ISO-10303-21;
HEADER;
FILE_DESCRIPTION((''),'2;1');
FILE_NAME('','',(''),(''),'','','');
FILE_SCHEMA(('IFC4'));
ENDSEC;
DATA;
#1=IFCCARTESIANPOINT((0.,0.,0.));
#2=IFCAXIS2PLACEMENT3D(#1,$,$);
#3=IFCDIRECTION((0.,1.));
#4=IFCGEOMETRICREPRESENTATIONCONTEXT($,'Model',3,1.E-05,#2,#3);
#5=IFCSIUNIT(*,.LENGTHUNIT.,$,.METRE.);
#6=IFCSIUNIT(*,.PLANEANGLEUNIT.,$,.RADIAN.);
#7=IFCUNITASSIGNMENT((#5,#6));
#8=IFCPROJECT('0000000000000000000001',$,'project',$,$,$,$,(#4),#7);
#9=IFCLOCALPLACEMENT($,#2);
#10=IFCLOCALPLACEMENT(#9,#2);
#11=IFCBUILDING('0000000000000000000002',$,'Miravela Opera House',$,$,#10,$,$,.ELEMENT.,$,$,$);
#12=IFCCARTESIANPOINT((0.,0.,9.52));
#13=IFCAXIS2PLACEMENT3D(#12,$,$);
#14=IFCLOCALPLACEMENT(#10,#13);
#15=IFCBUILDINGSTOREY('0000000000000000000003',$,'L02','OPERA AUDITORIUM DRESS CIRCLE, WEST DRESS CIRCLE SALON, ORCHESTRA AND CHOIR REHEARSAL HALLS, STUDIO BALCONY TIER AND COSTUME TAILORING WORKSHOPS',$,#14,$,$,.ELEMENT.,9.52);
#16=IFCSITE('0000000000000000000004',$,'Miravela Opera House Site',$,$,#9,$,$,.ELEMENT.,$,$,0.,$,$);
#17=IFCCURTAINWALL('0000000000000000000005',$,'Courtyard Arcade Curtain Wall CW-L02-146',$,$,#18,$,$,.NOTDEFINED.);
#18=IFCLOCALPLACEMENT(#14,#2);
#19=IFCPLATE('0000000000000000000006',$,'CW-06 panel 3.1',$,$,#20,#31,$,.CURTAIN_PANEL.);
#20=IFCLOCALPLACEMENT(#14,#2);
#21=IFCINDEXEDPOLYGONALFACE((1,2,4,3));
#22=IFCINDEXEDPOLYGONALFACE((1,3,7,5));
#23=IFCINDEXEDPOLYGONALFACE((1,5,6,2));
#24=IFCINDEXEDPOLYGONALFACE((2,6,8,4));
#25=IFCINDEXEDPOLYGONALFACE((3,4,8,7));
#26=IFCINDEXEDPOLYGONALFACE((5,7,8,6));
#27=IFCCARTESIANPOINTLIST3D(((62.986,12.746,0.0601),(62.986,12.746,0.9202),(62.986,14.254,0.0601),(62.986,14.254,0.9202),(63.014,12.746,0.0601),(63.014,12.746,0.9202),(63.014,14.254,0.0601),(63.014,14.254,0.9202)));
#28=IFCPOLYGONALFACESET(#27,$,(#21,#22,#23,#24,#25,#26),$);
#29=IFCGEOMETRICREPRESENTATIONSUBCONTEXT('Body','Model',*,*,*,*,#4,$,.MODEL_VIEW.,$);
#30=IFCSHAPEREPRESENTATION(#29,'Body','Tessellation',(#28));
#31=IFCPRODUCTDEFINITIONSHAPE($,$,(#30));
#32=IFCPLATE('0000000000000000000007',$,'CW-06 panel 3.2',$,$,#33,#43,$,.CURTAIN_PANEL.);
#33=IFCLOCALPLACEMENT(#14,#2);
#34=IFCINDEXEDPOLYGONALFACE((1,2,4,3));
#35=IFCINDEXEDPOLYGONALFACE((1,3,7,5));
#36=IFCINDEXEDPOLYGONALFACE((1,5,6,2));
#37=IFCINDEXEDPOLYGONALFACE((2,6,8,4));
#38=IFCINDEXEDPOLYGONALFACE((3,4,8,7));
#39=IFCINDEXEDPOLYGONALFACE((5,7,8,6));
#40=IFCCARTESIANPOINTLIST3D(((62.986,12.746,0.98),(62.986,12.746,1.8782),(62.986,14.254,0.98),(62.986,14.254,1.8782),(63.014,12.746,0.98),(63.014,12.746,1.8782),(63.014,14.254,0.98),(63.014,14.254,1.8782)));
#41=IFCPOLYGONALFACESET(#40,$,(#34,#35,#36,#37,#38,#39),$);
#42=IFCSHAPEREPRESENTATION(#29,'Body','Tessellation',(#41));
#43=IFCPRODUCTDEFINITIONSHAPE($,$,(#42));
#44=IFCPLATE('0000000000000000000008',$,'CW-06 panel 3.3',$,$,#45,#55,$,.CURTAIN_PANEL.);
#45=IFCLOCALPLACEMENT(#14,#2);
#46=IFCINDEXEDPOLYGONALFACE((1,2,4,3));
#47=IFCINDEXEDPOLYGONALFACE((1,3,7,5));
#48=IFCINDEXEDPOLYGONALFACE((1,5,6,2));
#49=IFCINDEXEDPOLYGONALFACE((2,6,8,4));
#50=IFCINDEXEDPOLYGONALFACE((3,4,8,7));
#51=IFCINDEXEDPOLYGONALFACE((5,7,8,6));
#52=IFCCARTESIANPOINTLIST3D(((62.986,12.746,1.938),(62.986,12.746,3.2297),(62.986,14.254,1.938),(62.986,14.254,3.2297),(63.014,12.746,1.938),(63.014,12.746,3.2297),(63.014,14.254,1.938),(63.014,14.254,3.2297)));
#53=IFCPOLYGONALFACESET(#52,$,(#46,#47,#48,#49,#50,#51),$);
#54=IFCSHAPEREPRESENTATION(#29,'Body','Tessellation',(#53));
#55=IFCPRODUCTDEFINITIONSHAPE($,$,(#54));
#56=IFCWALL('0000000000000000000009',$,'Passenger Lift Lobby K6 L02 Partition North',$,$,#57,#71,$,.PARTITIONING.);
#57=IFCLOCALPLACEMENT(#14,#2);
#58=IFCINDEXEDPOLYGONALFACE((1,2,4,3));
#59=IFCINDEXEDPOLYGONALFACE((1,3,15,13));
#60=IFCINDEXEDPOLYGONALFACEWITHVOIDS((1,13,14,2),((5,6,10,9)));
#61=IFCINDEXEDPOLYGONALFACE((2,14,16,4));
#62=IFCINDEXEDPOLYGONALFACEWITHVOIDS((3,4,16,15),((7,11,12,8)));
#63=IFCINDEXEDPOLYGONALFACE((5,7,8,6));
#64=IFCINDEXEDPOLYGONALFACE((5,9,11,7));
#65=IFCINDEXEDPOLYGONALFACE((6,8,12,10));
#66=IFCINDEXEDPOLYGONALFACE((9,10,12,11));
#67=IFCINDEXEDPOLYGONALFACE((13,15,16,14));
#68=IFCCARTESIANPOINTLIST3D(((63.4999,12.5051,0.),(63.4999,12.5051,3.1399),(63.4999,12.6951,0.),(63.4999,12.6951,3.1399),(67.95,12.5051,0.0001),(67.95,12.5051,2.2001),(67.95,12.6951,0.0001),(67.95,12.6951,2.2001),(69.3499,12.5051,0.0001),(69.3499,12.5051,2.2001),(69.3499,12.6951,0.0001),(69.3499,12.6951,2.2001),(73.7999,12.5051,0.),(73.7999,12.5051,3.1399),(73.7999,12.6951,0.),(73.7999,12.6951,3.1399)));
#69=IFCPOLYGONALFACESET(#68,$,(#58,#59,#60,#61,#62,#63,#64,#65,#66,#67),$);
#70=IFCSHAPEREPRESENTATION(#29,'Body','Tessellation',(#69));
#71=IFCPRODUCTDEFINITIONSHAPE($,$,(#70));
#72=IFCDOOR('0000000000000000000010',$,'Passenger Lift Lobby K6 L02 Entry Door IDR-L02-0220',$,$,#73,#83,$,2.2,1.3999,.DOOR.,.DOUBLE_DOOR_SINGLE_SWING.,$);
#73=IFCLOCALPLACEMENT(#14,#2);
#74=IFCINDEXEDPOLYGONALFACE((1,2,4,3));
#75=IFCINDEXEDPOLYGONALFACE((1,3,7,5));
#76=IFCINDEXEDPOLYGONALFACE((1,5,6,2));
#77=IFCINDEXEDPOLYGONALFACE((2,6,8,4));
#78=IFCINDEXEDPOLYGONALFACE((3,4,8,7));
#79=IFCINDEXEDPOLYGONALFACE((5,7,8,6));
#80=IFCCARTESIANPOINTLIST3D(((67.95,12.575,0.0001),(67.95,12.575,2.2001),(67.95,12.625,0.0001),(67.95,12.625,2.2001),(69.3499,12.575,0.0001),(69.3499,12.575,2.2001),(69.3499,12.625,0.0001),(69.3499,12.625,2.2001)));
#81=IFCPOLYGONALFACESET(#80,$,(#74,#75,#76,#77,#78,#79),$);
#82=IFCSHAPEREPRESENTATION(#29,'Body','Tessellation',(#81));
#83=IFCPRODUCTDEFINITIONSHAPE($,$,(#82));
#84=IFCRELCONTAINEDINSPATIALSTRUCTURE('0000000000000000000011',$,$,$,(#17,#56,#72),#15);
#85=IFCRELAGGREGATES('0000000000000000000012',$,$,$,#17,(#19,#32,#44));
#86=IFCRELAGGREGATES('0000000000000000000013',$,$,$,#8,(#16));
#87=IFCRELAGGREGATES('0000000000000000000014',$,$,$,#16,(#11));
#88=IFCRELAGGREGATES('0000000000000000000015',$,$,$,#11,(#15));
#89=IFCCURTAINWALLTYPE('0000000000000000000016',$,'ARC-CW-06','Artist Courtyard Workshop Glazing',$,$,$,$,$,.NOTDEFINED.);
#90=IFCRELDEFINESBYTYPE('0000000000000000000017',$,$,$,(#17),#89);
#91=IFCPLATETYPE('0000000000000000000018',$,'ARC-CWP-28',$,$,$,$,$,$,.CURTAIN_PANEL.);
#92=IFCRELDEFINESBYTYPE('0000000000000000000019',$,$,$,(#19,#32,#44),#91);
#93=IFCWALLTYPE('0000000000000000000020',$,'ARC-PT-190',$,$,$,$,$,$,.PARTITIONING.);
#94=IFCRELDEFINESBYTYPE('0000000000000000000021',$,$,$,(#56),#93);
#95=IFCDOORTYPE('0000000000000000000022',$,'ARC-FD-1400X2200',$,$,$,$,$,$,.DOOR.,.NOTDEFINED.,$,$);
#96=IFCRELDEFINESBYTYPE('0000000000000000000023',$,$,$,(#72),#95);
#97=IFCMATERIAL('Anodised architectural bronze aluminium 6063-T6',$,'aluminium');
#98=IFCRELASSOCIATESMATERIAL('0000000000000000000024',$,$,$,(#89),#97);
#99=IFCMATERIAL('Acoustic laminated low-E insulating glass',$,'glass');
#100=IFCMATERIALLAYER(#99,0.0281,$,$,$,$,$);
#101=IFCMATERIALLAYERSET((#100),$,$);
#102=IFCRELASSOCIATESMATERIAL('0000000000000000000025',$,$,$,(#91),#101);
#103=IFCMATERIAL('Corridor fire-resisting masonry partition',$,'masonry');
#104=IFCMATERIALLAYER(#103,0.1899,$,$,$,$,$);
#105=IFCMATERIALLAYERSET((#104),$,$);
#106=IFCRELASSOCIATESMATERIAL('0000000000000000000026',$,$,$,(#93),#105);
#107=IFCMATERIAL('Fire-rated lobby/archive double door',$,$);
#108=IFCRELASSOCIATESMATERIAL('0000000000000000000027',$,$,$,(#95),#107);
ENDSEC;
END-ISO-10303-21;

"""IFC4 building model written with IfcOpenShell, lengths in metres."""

from ifc_helpers import new_model, si_unit, direction, frame, frame_2d, origin, origin_2d, place, context, subcontext, project, spatial, rectangle, extrude, material, layer, layer_set, type_object, element, fill, aggregate, save


model = new_model("IFC4")

# Units and contexts
model_context = context("Model", 3, precision=1e-05, world=origin(), true_north=direction((0.0, 1.0)))
body_context = subcontext(model_context, "Body", "Model", "MODEL_VIEW")
ifc_project = project(units=[si_unit("LENGTHUNIT", "METRE"), si_unit("PLANEANGLEUNIT", "RADIAN")], contexts=[model_context])

# Site, building, storey
site_placement = place(None, origin())
site = spatial("IfcSite", under=ifc_project, at=site_placement, Name="Miravela Opera House Site", CompositionType="ELEMENT", RefElevation=0.0)
building_placement = place(site_placement, origin())
building = spatial("IfcBuilding", under=site, at=building_placement, Name="Miravela Opera House", CompositionType="ELEMENT")
storey_placement = place(building_placement, frame((0.0, 0.0, 9.52)))
storey = spatial("IfcBuildingStorey", under=building, at=storey_placement, Name="L02", Description="OPERA AUDITORIUM DRESS CIRCLE, WEST DRESS CIRCLE SALON, ORCHESTRA AND CHOIR REHEARSAL HALLS, STUDIO BALCONY TIER AND COSTUME TAILORING WORKSHOPS", CompositionType="ELEMENT", Elevation=9.52)

# Curtain wall
ifc_material_1 = material(Name="Anodised architectural bronze aluminium 6063-T6", Category="aluminium")
curtain_wall_type = type_object("IfcCurtainWallType", Name="ARC-CW-06", Description="Artist Courtyard Workshop Glazing", PredefinedType="NOTDEFINED", material=ifc_material_1)
curtain_wall_placement = place(storey_placement, origin())
curtain_wall = element("IfcCurtainWall", 1, at=curtain_wall_placement, inside=storey, type_object=curtain_wall_type, Name="Courtyard Arcade Curtain Wall CW-L02-146", PredefinedType="NOTDEFINED")

# Plates
ifc_material_2 = material(Name="Acoustic laminated low-E insulating glass", Category="glass")
ifc_layer_1 = layer(ifc_material_2, 0.0281)
ifc_layer_set_1 = layer_set([ifc_layer_1])
plate_type = type_object("IfcPlateType", Name="ARC-CWP-28", PredefinedType="CURTAIN_PANEL", material=ifc_layer_set_1)
plate_1_placement = place(storey_placement, frame((63.0, 13.5, 0.0601), z_axis=(0.0, 0.0, 1.0), x_axis=(0.0, 1.0, 0.0)))
plate_1 = element("IfcPlate", 2, at=plate_1_placement, type_object=plate_type, Name="CW-06 panel 3.1", PredefinedType="CURTAIN_PANEL", context=body_context, shape_type="SweptSolid", body=[
    extrude(rectangle(XDim=1.5081, YDim=0.0281, at=origin_2d()), origin(), (0.0, 0.0, 1.0), 0.8601),
])
plate_2_placement = place(storey_placement, frame((63.0, 13.5, 0.98), z_axis=(0.0, 0.0, 1.0), x_axis=(0.0, 1.0, 0.0)))
plate_2 = element("IfcPlate", 3, at=plate_2_placement, type_object=plate_type, Name="CW-06 panel 3.2", PredefinedType="CURTAIN_PANEL", context=body_context, shape_type="SweptSolid", body=[
    extrude(rectangle(XDim=1.5081, YDim=0.0281, at=origin_2d()), origin(), (0.0, 0.0, 1.0), 0.8982),
])
plate_3_placement = place(storey_placement, frame((63.0, 13.5, 1.938), z_axis=(0.0, 0.0, 1.0), x_axis=(0.0, 1.0, 0.0)))
plate_3 = element("IfcPlate", 4, at=plate_3_placement, type_object=plate_type, Name="CW-06 panel 3.3", PredefinedType="CURTAIN_PANEL", context=body_context, shape_type="SweptSolid", body=[
    extrude(rectangle(XDim=1.5081, YDim=0.0281, at=origin_2d()), origin(), (0.0, 0.0, 1.0), 1.2917),
])
aggregate(curtain_wall, [plate_1, plate_2, plate_3])

# Wall, opening, door
ifc_material_3 = material(Name="Corridor fire-resisting masonry partition", Category="masonry")
ifc_layer_2 = layer(ifc_material_3, 0.1899)
ifc_layer_set_2 = layer_set([ifc_layer_2])
wall_type = type_object("IfcWallType", Name="ARC-PT-190", PredefinedType="PARTITIONING", material=ifc_layer_set_2)
wall_placement = place(storey_placement, frame((63.5, 12.6001, 0.0), z_axis=(0.0, 0.0, 1.0), x_axis=(1.0, 0.0, 0.0)))
wall = element("IfcWall", 5, at=wall_placement, inside=storey, type_object=wall_type, Name="Passenger Lift Lobby K6 L02 Partition North", PredefinedType="PARTITIONING", context=body_context, shape_type="SweptSolid", body=[
    extrude(rectangle(XDim=10.3, YDim=0.1899, at=frame_2d((5.1499, 0.0))), origin(), (0.0, 0.0, 1.0), 3.1399),
])
opening_placement = place(wall_placement, frame((4.45, 0.0, 0.0)))
opening = element("IfcOpeningElement", 6, at=opening_placement, cuts=wall, PredefinedType="OPENING", context=body_context, shape_type="SweptSolid", body=[
    extrude(rectangle(XDim=1.3999, YDim=2.2, at=frame_2d((0.7, 1.1001))), frame((0.0, 0.105, 0.0), z_axis=(0.0, -1.0, 0.0), x_axis=(1.0, 0.0, 0.0)), (0.0, 0.0, 1.0), 0.21),
])
ifc_material_4 = material(Name="Fire-rated lobby/archive double door")
door_type = type_object("IfcDoorType", Name="ARC-FD-1400X2200", OperationType="NOTDEFINED", PredefinedType="DOOR", material=ifc_material_4)
door_placement = place(opening_placement, origin())
door = element("IfcDoor", 7, at=door_placement, inside=storey, type_object=door_type, Name="Passenger Lift Lobby K6 L02 Entry Door IDR-L02-0220", OperationType="DOUBLE_DOOR_SINGLE_SWING", OverallHeight=2.2, OverallWidth=1.3999, PredefinedType="DOOR", context=body_context, shape_type="SweptSolid", body=[
    extrude(rectangle(XDim=1.3999, YDim=2.2, at=frame_2d((0.7, 1.1001))), frame((0.0, 0.0249, 0.0), z_axis=(0.0, -1.0, 0.0), x_axis=(1.0, 0.0, 0.0)), (0.0, 0.0, 1.0), 0.05),
])
fill(opening, door)

save(model, "model.ifc")
